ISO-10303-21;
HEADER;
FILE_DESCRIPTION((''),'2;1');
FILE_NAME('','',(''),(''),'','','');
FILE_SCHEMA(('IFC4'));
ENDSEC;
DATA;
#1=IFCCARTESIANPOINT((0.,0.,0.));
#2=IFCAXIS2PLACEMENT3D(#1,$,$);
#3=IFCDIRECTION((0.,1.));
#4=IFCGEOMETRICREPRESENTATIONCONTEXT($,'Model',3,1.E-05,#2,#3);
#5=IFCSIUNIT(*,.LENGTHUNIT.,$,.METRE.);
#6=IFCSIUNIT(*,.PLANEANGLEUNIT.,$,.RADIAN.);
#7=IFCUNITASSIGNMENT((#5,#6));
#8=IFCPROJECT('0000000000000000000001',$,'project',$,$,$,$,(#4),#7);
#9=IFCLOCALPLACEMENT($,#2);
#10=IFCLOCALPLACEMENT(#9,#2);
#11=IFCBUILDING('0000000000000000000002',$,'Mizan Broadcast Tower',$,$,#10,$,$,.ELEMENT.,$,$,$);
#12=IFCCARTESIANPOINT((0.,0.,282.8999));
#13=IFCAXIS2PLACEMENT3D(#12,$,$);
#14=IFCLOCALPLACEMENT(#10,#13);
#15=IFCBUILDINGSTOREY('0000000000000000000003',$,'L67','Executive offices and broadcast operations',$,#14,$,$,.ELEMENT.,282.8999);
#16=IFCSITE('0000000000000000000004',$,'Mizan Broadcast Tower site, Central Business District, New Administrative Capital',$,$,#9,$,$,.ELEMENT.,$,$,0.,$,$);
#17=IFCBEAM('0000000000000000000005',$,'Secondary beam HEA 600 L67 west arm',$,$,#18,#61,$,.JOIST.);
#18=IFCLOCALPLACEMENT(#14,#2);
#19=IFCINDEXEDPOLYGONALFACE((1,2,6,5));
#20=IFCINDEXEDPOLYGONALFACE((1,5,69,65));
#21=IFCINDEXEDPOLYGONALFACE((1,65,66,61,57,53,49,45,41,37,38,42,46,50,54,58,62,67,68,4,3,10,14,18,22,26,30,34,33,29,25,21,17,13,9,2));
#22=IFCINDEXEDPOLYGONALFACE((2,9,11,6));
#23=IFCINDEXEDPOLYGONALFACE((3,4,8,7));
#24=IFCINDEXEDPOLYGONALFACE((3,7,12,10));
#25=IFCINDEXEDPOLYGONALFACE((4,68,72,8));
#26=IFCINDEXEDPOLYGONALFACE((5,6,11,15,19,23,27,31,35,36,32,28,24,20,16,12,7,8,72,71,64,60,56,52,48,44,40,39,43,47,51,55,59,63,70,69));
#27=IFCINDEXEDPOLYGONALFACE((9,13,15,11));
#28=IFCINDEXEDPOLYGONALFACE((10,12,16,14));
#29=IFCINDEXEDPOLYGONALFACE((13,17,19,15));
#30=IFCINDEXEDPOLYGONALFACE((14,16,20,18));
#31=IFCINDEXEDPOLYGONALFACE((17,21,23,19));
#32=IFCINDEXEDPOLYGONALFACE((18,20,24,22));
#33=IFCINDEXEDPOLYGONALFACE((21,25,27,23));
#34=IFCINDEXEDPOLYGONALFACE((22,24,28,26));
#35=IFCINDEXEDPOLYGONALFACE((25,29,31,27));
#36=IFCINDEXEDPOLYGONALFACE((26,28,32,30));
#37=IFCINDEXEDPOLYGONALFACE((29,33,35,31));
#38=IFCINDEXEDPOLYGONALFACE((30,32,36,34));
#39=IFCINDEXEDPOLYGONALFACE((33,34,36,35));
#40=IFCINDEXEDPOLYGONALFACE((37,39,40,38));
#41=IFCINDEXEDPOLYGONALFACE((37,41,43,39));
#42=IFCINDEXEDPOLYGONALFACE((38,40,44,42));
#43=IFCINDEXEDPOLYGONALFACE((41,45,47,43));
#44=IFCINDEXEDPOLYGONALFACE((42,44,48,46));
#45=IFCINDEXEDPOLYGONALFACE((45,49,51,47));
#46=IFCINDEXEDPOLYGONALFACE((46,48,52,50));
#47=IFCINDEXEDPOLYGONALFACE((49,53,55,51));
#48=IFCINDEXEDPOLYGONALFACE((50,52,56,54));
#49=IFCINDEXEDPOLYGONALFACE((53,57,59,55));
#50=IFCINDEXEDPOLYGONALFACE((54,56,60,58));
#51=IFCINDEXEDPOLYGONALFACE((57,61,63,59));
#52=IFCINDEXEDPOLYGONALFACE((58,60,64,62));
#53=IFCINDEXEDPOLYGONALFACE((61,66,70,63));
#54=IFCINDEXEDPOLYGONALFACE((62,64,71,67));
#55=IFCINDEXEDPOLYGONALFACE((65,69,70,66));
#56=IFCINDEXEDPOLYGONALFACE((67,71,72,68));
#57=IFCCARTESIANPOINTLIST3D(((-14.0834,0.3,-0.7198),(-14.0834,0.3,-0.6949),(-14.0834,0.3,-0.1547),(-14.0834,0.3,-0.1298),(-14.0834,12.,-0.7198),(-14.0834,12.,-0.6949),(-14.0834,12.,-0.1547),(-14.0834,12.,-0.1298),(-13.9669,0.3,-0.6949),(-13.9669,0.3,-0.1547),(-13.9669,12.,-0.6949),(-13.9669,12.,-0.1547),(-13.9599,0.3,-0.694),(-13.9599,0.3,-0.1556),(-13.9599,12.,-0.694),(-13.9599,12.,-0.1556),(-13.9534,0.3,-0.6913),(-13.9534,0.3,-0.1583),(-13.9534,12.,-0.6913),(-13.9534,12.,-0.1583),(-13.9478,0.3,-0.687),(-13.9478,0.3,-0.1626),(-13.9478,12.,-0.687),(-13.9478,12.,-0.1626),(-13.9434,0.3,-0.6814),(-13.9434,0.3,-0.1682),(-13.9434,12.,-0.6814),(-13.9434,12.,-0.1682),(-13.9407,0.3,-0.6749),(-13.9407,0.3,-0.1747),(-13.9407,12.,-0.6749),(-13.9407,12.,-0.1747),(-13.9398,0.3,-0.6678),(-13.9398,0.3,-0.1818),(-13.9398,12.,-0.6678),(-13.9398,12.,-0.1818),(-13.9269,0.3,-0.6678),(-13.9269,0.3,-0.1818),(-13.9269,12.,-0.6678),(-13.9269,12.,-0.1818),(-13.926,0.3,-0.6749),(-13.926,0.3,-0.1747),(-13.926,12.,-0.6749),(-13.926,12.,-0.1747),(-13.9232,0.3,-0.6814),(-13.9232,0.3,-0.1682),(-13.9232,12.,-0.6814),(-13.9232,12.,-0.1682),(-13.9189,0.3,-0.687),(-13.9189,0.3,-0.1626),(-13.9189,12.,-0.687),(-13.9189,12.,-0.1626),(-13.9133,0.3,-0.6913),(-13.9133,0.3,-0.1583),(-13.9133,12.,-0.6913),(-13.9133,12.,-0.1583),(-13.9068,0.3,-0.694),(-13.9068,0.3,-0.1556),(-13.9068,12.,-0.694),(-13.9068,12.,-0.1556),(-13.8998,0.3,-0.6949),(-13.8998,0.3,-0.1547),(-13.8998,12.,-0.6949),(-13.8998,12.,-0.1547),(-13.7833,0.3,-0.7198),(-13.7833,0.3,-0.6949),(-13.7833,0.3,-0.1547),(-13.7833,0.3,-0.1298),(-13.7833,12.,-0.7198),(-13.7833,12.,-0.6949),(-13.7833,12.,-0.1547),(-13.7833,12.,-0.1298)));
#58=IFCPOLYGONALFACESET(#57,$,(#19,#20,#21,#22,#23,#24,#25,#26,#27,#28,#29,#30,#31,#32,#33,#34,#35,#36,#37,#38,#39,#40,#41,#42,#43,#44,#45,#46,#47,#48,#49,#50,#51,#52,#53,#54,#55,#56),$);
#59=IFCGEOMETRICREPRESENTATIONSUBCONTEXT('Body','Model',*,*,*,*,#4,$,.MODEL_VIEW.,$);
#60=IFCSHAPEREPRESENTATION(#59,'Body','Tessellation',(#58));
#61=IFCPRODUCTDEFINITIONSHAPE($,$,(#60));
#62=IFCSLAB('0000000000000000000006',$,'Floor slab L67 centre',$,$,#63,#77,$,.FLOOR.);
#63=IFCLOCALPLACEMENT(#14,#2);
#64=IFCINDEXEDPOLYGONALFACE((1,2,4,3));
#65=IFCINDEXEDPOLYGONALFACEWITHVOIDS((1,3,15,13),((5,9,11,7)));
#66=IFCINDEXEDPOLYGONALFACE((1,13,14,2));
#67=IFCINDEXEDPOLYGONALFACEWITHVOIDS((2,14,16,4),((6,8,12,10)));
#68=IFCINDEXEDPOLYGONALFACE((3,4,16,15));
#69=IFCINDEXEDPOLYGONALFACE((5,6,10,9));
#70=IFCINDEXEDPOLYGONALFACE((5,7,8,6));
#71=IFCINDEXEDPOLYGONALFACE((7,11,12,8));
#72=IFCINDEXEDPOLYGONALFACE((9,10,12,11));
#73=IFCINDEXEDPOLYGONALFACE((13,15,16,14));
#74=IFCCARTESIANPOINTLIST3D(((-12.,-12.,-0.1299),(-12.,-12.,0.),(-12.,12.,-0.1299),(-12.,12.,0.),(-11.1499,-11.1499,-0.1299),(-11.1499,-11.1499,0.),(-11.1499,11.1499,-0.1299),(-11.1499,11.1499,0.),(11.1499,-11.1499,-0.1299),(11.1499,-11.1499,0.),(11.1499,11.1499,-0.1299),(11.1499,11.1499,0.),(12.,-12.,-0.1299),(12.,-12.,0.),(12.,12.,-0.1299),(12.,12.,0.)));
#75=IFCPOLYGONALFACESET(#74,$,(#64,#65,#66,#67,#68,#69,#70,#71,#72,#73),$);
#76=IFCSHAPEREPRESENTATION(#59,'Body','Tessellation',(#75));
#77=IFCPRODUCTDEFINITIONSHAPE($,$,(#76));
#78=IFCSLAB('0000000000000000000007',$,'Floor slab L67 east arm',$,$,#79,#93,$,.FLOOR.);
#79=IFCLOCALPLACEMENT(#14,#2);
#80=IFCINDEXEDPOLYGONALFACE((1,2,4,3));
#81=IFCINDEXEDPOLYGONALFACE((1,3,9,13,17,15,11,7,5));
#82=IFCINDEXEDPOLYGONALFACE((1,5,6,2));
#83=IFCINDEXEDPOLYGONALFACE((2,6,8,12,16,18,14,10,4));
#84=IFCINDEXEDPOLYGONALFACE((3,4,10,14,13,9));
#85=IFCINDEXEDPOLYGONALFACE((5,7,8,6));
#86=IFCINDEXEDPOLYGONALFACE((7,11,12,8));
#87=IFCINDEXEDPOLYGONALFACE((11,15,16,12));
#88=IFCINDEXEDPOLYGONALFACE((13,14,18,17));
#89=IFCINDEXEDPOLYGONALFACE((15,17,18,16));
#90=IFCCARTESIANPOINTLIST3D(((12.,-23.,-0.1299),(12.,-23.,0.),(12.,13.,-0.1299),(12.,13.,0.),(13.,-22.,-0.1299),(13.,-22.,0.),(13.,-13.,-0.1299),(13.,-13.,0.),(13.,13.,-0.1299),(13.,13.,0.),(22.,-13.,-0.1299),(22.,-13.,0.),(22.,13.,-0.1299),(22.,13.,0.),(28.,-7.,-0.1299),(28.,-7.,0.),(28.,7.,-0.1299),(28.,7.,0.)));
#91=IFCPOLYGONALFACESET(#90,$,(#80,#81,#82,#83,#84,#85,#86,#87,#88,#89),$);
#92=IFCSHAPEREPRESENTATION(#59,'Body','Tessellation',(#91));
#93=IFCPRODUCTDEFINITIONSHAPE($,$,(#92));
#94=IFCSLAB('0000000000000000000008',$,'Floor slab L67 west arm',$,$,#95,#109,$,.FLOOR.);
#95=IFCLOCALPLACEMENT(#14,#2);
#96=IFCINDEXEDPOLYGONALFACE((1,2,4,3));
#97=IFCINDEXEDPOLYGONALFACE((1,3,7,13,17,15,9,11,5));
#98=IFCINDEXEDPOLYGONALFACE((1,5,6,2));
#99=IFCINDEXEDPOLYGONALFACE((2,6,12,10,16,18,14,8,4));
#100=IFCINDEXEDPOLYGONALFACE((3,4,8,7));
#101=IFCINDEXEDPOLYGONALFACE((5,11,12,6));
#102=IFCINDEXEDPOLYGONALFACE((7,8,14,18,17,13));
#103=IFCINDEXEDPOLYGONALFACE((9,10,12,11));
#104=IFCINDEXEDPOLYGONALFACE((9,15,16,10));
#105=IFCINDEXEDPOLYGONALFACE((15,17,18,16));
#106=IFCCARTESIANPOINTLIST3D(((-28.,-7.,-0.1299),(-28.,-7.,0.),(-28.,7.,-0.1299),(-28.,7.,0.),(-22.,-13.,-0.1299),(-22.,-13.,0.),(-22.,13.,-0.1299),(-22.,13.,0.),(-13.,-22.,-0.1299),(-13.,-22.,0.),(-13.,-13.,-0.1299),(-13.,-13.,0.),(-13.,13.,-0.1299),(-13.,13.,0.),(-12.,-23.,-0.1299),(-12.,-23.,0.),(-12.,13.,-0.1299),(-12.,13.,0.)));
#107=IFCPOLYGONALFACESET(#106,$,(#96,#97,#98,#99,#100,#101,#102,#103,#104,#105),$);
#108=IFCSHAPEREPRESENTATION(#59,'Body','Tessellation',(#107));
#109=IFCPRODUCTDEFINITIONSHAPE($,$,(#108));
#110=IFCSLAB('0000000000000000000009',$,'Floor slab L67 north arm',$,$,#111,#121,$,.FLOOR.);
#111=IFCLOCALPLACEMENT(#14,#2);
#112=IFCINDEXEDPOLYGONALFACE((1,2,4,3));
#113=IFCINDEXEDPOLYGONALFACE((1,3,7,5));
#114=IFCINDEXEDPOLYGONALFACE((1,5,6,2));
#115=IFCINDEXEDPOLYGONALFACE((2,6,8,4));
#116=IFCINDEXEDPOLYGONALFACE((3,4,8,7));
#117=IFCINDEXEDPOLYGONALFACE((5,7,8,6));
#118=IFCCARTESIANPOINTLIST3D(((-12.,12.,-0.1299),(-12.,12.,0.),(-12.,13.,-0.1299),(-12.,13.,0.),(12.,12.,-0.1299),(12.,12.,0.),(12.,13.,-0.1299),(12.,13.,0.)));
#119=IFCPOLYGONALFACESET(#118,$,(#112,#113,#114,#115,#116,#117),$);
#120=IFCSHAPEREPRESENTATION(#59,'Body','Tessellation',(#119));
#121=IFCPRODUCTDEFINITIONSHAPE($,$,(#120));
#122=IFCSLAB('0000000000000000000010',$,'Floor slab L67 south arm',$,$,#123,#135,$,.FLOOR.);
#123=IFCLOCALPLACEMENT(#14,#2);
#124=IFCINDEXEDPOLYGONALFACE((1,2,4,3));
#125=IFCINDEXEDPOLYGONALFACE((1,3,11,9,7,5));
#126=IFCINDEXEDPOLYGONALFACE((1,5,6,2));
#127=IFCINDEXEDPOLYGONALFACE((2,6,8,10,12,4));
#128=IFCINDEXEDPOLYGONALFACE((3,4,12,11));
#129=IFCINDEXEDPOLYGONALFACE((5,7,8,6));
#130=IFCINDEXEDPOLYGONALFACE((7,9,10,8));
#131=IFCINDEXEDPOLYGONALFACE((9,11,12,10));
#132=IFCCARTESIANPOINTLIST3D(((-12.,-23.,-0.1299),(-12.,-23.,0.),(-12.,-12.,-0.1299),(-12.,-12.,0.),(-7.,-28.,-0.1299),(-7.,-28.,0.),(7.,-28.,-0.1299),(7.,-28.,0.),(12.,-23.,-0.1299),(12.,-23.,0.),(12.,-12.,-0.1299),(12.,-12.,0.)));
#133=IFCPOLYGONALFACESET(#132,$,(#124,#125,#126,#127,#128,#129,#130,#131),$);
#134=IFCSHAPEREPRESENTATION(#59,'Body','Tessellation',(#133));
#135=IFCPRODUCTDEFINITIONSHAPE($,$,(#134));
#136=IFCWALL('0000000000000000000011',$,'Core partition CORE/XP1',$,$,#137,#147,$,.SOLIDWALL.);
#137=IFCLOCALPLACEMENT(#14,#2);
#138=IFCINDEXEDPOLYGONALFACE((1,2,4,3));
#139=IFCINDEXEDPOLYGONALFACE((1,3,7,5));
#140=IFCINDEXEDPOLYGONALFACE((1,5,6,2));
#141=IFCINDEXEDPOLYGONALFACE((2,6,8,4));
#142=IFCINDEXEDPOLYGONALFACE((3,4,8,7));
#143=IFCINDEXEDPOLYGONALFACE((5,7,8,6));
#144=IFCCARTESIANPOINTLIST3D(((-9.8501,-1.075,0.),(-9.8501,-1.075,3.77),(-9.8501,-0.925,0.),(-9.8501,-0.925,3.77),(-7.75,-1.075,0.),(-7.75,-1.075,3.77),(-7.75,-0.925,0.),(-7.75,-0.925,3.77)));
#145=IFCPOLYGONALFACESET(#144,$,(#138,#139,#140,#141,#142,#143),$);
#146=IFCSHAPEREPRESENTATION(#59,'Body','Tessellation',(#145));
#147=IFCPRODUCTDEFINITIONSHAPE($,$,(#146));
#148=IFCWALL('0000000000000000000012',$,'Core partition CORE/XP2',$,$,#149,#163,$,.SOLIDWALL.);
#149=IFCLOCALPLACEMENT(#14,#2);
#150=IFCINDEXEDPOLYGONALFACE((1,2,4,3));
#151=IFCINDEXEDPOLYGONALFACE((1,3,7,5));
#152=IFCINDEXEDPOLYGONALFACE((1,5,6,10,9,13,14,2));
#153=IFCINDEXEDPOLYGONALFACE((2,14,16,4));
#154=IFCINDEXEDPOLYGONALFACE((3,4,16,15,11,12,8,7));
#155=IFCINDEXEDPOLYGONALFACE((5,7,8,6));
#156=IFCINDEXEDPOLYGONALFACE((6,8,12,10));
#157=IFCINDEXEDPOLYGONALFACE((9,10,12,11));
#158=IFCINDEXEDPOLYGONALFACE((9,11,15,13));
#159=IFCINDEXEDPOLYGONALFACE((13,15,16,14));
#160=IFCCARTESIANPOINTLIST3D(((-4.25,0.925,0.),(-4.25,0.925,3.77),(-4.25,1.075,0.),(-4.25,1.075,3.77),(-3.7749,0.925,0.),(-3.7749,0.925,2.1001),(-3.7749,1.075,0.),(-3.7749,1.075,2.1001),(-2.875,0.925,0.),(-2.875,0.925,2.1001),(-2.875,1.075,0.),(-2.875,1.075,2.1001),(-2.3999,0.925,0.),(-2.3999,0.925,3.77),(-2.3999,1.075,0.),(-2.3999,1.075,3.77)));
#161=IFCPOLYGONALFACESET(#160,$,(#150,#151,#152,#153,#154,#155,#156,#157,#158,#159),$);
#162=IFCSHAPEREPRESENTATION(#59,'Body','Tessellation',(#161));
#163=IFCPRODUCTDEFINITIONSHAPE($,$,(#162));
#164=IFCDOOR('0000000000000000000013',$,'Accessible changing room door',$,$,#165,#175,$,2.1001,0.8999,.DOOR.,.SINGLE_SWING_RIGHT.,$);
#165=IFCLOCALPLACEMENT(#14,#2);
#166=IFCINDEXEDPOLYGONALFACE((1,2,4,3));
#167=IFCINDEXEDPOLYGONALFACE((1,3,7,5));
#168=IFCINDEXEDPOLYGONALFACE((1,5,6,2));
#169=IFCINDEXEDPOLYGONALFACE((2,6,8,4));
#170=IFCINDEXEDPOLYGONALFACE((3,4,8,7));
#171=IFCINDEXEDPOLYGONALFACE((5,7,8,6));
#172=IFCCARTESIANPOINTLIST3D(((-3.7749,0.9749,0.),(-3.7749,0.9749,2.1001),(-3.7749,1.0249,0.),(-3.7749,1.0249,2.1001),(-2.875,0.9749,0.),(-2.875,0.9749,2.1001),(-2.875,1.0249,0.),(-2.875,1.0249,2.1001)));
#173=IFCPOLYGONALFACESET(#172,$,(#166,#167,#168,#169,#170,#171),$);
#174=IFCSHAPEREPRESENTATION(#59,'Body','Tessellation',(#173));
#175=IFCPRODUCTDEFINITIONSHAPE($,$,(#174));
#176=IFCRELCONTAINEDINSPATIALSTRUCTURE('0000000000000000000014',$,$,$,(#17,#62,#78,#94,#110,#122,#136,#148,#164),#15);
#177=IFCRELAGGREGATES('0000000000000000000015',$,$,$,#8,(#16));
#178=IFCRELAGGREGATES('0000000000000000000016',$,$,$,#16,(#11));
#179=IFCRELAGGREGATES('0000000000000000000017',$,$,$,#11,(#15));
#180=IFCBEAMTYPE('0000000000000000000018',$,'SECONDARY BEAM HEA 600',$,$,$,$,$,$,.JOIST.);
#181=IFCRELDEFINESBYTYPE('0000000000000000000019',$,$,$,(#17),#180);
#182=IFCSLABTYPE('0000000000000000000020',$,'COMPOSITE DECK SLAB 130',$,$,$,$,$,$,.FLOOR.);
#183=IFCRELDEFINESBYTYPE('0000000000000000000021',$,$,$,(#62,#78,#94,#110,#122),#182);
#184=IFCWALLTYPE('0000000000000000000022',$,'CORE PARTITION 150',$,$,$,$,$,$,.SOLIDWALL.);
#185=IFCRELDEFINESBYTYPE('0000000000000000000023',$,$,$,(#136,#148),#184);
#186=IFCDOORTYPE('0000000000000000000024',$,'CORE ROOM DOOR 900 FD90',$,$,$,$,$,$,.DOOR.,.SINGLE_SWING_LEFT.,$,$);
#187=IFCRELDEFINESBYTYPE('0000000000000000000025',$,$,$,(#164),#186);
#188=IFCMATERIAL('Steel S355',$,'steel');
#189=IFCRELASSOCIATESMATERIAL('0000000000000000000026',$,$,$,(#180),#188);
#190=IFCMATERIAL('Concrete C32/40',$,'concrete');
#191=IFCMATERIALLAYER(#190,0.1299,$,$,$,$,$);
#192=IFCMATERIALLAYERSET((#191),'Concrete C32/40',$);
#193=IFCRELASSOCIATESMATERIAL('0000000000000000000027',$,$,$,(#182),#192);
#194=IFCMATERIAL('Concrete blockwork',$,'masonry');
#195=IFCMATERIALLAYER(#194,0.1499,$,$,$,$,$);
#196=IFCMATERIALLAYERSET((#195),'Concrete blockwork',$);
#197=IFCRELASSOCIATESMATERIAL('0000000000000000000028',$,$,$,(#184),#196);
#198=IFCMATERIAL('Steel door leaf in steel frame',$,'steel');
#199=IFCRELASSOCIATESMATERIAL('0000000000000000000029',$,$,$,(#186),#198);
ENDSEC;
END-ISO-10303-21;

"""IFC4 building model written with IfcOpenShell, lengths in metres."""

from ifc_helpers import new_model, si_unit, direction, frame, frame_2d, origin, origin_2d, place, context, subcontext, project, spatial, polyline, rectangle, i_section, outline, extrude, material, layer, layer_set, material_profile, profile_set, type_object, element, fill, save


model = new_model("IFC4")

# Units and contexts
model_context = context("Model", 3, precision=1e-05, world=origin(), true_north=direction((0.0, 1.0)))
body_context = subcontext(model_context, "Body", "Model", "MODEL_VIEW")
ifc_project = project(units=[si_unit("LENGTHUNIT", "METRE"), si_unit("PLANEANGLEUNIT", "RADIAN")], contexts=[model_context])

# Site, building, storey
site_placement = place(None, origin())
site = spatial("IfcSite", under=ifc_project, at=site_placement, Name="Mizan Broadcast Tower site, Central Business District, New Administrative Capital", CompositionType="ELEMENT", RefElevation=0.0)
building_placement = place(site_placement, origin())
building = spatial("IfcBuilding", under=site, at=building_placement, Name="Mizan Broadcast Tower", CompositionType="ELEMENT")
storey_placement = place(building_placement, frame((0.0, 0.0, 282.8999)))
storey = spatial("IfcBuildingStorey", under=building, at=storey_placement, Name="L67", Description="Executive offices and broadcast operations", CompositionType="ELEMENT", Elevation=282.8999)

# Beam
ifc_material_1 = material(Name="Steel S355", Category="steel")
ifc_material_profile_1 = material_profile(ifc_material_1, i_section(OverallWidth=0.3, OverallDepth=0.5901, WebThickness=0.0129, FlangeThickness=0.0249, FilletRadius=0.0271, at=origin_2d()), Name="HEA 600")
ifc_profile_set_1 = profile_set([ifc_material_profile_1], Name="Steel S355")
beam_type_1 = type_object("IfcBeamType", Name="SECONDARY BEAM HEA 600", PredefinedType="JOIST", material=ifc_profile_set_1)
beam_1_placement = place(storey_placement, frame((-13.9333, 12.0, -0.4248), z_axis=(0.0, -1.0, 0.0), x_axis=(1.0, 0.0, 0.0)))
element("IfcBeam", 1, at=beam_1_placement, inside=storey, type_object=beam_type_1, Name="Secondary beam HEA 600 L67 west arm", PredefinedType="JOIST", context=body_context, shape_type="SweptSolid", body=[
    extrude(i_section(OverallWidth=0.3, OverallDepth=0.5901, WebThickness=0.0129, FlangeThickness=0.0249, FilletRadius=0.0271, at=origin_2d()), origin(), (0.0, 0.0, 1.0), 11.7),
])

# Slabs
ifc_material_2 = material(Name="Concrete C32/40", Category="concrete")
ifc_layer_1 = layer(ifc_material_2, 0.1299)
ifc_layer_set_1 = layer_set([ifc_layer_1], Name="Concrete C32/40")
slab_type = type_object("IfcSlabType", Name="COMPOSITE DECK SLAB 130", PredefinedType="FLOOR", material=ifc_layer_set_1)
slab_1_placement = place(storey_placement, frame((0.0, 0.0, -0.1299)))
element("IfcSlab", 2, at=slab_1_placement, inside=storey, type_object=slab_type, Name="Floor slab L67 centre", PredefinedType="FLOOR", context=body_context, shape_type="SweptSolid", body=[
    extrude(outline(polyline([(-12.0, -12.0), (12.0, -12.0), (12.0, 12.0), (-12.0, 12.0), (-12.0, -12.0)]), holes=[polyline([(-11.1499, 11.1499), (11.1499, 11.1499), (11.1499, -11.1499), (-11.1499, -11.1499), (-11.1499, 11.1499)])]), origin(), (0.0, 0.0, 1.0), 0.1299),
])
slab_2_placement = place(storey_placement, frame((0.0, 0.0, -0.1299)))
element("IfcSlab", 3, at=slab_2_placement, inside=storey, type_object=slab_type, Name="Floor slab L67 east arm", PredefinedType="FLOOR", context=body_context, shape_type="SweptSolid", body=[
    extrude(outline(polyline([(12.0, -23.0), (13.0, -22.0), (13.0, -13.0), (22.0, -13.0), (28.0, -7.0), (28.0, 7.0), (22.0, 13.0), (13.0, 13.0), (12.0, 13.0), (12.0, -23.0)])), origin(), (0.0, 0.0, 1.0), 0.1299),
])
slab_3_placement = place(storey_placement, frame((0.0, 0.0, -0.1299)))
element("IfcSlab", 4, at=slab_3_placement, inside=storey, type_object=slab_type, Name="Floor slab L67 west arm", PredefinedType="FLOOR", context=body_context, shape_type="SweptSolid", body=[
    extrude(outline(polyline([(-13.0, -22.0), (-12.0, -23.0), (-12.0, 13.0), (-13.0, 13.0), (-22.0, 13.0), (-28.0, 7.0), (-28.0, -7.0), (-22.0, -13.0), (-13.0, -13.0), (-13.0, -22.0)])), origin(), (0.0, 0.0, 1.0), 0.1299),
])
slab_4_placement = place(storey_placement, frame((0.0, 0.0, -0.1299)))
element("IfcSlab", 5, at=slab_4_placement, inside=storey, type_object=slab_type, Name="Floor slab L67 north arm", PredefinedType="FLOOR", context=body_context, shape_type="SweptSolid", body=[
    extrude(outline(polyline([(12.0, 13.0), (-12.0, 13.0), (-12.0, 12.0), (12.0, 12.0), (12.0, 13.0)])), origin(), (0.0, 0.0, 1.0), 0.1299),
])
slab_5_placement = place(storey_placement, frame((0.0, 0.0, -0.1299)))
element("IfcSlab", 6, at=slab_5_placement, inside=storey, type_object=slab_type, Name="Floor slab L67 south arm", PredefinedType="FLOOR", context=body_context, shape_type="SweptSolid", body=[
    extrude(outline(polyline([(7.0, -28.0), (12.0, -23.0), (12.0, -12.0), (-12.0, -12.0), (-12.0, -23.0), (-7.0, -28.0), (7.0, -28.0)])), origin(), (0.0, 0.0, 1.0), 0.1299),
])

# Wall
ifc_material_3 = material(Name="Concrete blockwork", Category="masonry")
ifc_layer_2 = layer(ifc_material_3, 0.1499)
ifc_layer_set_2 = layer_set([ifc_layer_2], Name="Concrete blockwork")
wall_type_1 = type_object("IfcWallType", Name="CORE PARTITION 150", PredefinedType="SOLIDWALL", material=ifc_layer_set_2)
wall_1_placement = place(storey_placement, frame((-9.8501, -1.0, 0.0), z_axis=(0.0, 0.0, 1.0), x_axis=(1.0, 0.0, 0.0)))
element("IfcWall", 7, at=wall_1_placement, inside=storey, type_object=wall_type_1, Name="Core partition CORE/XP1", PredefinedType="SOLIDWALL", context=body_context, shape_type="SweptSolid", body=[
    extrude(rectangle(XDim=2.1001, YDim=0.1499, at=frame_2d((1.05, 0.0))), origin(), (0.0, 0.0, 1.0), 3.77),
])

# Wall, opening, door
wall_2_placement = place(storey_placement, frame((-4.25, 1.0, 0.0), z_axis=(0.0, 0.0, 1.0), x_axis=(1.0, 0.0, 0.0)))
wall_2 = element("IfcWall", 8, at=wall_2_placement, inside=storey, type_object=wall_type_1, Name="Core partition CORE/XP2", PredefinedType="SOLIDWALL", context=body_context, shape_type="SweptSolid", body=[
    extrude(rectangle(XDim=1.8501, YDim=0.1499, at=frame_2d((0.925, 0.0))), origin(), (0.0, 0.0, 1.0), 3.77),
])
opening_1_placement = place(wall_2_placement, frame((0.4751, 0.0, 0.0)))
opening_1 = element("IfcOpeningElement", 9, at=opening_1_placement, cuts=wall_2, PredefinedType="OPENING", context=body_context, shape_type="SweptSolid", body=[
    extrude(rectangle(XDim=0.8999, YDim=2.1001, at=frame_2d((0.45, 1.05))), frame((0.0, 0.085, 0.0), z_axis=(0.0, -1.0, 0.0), x_axis=(1.0, 0.0, 0.0)), (0.0, 0.0, 1.0), 0.1699),
])
ifc_material_4 = material(Name="Steel door leaf in steel frame", Category="steel")
door_type_1 = type_object("IfcDoorType", Name="CORE ROOM DOOR 900 FD90", OperationType="SINGLE_SWING_LEFT", PredefinedType="DOOR", material=ifc_material_4)
door_1_placement = place(opening_1_placement, origin())
door_1 = element("IfcDoor", 10, at=door_1_placement, inside=storey, type_object=door_type_1, Name="Accessible changing room door", OperationType="SINGLE_SWING_RIGHT", OverallHeight=2.1001, OverallWidth=0.8999, PredefinedType="DOOR", context=body_context, shape_type="SweptSolid", body=[
    extrude(rectangle(XDim=0.8999, YDim=2.1001, at=frame_2d((0.45, 1.05))), frame((0.0, 0.0249, 0.0), z_axis=(0.0, -1.0, 0.0), x_axis=(1.0, 0.0, 0.0)), (0.0, 0.0, 1.0), 0.05),
])
fill(opening_1, door_1)

save(model, "model.ifc")
